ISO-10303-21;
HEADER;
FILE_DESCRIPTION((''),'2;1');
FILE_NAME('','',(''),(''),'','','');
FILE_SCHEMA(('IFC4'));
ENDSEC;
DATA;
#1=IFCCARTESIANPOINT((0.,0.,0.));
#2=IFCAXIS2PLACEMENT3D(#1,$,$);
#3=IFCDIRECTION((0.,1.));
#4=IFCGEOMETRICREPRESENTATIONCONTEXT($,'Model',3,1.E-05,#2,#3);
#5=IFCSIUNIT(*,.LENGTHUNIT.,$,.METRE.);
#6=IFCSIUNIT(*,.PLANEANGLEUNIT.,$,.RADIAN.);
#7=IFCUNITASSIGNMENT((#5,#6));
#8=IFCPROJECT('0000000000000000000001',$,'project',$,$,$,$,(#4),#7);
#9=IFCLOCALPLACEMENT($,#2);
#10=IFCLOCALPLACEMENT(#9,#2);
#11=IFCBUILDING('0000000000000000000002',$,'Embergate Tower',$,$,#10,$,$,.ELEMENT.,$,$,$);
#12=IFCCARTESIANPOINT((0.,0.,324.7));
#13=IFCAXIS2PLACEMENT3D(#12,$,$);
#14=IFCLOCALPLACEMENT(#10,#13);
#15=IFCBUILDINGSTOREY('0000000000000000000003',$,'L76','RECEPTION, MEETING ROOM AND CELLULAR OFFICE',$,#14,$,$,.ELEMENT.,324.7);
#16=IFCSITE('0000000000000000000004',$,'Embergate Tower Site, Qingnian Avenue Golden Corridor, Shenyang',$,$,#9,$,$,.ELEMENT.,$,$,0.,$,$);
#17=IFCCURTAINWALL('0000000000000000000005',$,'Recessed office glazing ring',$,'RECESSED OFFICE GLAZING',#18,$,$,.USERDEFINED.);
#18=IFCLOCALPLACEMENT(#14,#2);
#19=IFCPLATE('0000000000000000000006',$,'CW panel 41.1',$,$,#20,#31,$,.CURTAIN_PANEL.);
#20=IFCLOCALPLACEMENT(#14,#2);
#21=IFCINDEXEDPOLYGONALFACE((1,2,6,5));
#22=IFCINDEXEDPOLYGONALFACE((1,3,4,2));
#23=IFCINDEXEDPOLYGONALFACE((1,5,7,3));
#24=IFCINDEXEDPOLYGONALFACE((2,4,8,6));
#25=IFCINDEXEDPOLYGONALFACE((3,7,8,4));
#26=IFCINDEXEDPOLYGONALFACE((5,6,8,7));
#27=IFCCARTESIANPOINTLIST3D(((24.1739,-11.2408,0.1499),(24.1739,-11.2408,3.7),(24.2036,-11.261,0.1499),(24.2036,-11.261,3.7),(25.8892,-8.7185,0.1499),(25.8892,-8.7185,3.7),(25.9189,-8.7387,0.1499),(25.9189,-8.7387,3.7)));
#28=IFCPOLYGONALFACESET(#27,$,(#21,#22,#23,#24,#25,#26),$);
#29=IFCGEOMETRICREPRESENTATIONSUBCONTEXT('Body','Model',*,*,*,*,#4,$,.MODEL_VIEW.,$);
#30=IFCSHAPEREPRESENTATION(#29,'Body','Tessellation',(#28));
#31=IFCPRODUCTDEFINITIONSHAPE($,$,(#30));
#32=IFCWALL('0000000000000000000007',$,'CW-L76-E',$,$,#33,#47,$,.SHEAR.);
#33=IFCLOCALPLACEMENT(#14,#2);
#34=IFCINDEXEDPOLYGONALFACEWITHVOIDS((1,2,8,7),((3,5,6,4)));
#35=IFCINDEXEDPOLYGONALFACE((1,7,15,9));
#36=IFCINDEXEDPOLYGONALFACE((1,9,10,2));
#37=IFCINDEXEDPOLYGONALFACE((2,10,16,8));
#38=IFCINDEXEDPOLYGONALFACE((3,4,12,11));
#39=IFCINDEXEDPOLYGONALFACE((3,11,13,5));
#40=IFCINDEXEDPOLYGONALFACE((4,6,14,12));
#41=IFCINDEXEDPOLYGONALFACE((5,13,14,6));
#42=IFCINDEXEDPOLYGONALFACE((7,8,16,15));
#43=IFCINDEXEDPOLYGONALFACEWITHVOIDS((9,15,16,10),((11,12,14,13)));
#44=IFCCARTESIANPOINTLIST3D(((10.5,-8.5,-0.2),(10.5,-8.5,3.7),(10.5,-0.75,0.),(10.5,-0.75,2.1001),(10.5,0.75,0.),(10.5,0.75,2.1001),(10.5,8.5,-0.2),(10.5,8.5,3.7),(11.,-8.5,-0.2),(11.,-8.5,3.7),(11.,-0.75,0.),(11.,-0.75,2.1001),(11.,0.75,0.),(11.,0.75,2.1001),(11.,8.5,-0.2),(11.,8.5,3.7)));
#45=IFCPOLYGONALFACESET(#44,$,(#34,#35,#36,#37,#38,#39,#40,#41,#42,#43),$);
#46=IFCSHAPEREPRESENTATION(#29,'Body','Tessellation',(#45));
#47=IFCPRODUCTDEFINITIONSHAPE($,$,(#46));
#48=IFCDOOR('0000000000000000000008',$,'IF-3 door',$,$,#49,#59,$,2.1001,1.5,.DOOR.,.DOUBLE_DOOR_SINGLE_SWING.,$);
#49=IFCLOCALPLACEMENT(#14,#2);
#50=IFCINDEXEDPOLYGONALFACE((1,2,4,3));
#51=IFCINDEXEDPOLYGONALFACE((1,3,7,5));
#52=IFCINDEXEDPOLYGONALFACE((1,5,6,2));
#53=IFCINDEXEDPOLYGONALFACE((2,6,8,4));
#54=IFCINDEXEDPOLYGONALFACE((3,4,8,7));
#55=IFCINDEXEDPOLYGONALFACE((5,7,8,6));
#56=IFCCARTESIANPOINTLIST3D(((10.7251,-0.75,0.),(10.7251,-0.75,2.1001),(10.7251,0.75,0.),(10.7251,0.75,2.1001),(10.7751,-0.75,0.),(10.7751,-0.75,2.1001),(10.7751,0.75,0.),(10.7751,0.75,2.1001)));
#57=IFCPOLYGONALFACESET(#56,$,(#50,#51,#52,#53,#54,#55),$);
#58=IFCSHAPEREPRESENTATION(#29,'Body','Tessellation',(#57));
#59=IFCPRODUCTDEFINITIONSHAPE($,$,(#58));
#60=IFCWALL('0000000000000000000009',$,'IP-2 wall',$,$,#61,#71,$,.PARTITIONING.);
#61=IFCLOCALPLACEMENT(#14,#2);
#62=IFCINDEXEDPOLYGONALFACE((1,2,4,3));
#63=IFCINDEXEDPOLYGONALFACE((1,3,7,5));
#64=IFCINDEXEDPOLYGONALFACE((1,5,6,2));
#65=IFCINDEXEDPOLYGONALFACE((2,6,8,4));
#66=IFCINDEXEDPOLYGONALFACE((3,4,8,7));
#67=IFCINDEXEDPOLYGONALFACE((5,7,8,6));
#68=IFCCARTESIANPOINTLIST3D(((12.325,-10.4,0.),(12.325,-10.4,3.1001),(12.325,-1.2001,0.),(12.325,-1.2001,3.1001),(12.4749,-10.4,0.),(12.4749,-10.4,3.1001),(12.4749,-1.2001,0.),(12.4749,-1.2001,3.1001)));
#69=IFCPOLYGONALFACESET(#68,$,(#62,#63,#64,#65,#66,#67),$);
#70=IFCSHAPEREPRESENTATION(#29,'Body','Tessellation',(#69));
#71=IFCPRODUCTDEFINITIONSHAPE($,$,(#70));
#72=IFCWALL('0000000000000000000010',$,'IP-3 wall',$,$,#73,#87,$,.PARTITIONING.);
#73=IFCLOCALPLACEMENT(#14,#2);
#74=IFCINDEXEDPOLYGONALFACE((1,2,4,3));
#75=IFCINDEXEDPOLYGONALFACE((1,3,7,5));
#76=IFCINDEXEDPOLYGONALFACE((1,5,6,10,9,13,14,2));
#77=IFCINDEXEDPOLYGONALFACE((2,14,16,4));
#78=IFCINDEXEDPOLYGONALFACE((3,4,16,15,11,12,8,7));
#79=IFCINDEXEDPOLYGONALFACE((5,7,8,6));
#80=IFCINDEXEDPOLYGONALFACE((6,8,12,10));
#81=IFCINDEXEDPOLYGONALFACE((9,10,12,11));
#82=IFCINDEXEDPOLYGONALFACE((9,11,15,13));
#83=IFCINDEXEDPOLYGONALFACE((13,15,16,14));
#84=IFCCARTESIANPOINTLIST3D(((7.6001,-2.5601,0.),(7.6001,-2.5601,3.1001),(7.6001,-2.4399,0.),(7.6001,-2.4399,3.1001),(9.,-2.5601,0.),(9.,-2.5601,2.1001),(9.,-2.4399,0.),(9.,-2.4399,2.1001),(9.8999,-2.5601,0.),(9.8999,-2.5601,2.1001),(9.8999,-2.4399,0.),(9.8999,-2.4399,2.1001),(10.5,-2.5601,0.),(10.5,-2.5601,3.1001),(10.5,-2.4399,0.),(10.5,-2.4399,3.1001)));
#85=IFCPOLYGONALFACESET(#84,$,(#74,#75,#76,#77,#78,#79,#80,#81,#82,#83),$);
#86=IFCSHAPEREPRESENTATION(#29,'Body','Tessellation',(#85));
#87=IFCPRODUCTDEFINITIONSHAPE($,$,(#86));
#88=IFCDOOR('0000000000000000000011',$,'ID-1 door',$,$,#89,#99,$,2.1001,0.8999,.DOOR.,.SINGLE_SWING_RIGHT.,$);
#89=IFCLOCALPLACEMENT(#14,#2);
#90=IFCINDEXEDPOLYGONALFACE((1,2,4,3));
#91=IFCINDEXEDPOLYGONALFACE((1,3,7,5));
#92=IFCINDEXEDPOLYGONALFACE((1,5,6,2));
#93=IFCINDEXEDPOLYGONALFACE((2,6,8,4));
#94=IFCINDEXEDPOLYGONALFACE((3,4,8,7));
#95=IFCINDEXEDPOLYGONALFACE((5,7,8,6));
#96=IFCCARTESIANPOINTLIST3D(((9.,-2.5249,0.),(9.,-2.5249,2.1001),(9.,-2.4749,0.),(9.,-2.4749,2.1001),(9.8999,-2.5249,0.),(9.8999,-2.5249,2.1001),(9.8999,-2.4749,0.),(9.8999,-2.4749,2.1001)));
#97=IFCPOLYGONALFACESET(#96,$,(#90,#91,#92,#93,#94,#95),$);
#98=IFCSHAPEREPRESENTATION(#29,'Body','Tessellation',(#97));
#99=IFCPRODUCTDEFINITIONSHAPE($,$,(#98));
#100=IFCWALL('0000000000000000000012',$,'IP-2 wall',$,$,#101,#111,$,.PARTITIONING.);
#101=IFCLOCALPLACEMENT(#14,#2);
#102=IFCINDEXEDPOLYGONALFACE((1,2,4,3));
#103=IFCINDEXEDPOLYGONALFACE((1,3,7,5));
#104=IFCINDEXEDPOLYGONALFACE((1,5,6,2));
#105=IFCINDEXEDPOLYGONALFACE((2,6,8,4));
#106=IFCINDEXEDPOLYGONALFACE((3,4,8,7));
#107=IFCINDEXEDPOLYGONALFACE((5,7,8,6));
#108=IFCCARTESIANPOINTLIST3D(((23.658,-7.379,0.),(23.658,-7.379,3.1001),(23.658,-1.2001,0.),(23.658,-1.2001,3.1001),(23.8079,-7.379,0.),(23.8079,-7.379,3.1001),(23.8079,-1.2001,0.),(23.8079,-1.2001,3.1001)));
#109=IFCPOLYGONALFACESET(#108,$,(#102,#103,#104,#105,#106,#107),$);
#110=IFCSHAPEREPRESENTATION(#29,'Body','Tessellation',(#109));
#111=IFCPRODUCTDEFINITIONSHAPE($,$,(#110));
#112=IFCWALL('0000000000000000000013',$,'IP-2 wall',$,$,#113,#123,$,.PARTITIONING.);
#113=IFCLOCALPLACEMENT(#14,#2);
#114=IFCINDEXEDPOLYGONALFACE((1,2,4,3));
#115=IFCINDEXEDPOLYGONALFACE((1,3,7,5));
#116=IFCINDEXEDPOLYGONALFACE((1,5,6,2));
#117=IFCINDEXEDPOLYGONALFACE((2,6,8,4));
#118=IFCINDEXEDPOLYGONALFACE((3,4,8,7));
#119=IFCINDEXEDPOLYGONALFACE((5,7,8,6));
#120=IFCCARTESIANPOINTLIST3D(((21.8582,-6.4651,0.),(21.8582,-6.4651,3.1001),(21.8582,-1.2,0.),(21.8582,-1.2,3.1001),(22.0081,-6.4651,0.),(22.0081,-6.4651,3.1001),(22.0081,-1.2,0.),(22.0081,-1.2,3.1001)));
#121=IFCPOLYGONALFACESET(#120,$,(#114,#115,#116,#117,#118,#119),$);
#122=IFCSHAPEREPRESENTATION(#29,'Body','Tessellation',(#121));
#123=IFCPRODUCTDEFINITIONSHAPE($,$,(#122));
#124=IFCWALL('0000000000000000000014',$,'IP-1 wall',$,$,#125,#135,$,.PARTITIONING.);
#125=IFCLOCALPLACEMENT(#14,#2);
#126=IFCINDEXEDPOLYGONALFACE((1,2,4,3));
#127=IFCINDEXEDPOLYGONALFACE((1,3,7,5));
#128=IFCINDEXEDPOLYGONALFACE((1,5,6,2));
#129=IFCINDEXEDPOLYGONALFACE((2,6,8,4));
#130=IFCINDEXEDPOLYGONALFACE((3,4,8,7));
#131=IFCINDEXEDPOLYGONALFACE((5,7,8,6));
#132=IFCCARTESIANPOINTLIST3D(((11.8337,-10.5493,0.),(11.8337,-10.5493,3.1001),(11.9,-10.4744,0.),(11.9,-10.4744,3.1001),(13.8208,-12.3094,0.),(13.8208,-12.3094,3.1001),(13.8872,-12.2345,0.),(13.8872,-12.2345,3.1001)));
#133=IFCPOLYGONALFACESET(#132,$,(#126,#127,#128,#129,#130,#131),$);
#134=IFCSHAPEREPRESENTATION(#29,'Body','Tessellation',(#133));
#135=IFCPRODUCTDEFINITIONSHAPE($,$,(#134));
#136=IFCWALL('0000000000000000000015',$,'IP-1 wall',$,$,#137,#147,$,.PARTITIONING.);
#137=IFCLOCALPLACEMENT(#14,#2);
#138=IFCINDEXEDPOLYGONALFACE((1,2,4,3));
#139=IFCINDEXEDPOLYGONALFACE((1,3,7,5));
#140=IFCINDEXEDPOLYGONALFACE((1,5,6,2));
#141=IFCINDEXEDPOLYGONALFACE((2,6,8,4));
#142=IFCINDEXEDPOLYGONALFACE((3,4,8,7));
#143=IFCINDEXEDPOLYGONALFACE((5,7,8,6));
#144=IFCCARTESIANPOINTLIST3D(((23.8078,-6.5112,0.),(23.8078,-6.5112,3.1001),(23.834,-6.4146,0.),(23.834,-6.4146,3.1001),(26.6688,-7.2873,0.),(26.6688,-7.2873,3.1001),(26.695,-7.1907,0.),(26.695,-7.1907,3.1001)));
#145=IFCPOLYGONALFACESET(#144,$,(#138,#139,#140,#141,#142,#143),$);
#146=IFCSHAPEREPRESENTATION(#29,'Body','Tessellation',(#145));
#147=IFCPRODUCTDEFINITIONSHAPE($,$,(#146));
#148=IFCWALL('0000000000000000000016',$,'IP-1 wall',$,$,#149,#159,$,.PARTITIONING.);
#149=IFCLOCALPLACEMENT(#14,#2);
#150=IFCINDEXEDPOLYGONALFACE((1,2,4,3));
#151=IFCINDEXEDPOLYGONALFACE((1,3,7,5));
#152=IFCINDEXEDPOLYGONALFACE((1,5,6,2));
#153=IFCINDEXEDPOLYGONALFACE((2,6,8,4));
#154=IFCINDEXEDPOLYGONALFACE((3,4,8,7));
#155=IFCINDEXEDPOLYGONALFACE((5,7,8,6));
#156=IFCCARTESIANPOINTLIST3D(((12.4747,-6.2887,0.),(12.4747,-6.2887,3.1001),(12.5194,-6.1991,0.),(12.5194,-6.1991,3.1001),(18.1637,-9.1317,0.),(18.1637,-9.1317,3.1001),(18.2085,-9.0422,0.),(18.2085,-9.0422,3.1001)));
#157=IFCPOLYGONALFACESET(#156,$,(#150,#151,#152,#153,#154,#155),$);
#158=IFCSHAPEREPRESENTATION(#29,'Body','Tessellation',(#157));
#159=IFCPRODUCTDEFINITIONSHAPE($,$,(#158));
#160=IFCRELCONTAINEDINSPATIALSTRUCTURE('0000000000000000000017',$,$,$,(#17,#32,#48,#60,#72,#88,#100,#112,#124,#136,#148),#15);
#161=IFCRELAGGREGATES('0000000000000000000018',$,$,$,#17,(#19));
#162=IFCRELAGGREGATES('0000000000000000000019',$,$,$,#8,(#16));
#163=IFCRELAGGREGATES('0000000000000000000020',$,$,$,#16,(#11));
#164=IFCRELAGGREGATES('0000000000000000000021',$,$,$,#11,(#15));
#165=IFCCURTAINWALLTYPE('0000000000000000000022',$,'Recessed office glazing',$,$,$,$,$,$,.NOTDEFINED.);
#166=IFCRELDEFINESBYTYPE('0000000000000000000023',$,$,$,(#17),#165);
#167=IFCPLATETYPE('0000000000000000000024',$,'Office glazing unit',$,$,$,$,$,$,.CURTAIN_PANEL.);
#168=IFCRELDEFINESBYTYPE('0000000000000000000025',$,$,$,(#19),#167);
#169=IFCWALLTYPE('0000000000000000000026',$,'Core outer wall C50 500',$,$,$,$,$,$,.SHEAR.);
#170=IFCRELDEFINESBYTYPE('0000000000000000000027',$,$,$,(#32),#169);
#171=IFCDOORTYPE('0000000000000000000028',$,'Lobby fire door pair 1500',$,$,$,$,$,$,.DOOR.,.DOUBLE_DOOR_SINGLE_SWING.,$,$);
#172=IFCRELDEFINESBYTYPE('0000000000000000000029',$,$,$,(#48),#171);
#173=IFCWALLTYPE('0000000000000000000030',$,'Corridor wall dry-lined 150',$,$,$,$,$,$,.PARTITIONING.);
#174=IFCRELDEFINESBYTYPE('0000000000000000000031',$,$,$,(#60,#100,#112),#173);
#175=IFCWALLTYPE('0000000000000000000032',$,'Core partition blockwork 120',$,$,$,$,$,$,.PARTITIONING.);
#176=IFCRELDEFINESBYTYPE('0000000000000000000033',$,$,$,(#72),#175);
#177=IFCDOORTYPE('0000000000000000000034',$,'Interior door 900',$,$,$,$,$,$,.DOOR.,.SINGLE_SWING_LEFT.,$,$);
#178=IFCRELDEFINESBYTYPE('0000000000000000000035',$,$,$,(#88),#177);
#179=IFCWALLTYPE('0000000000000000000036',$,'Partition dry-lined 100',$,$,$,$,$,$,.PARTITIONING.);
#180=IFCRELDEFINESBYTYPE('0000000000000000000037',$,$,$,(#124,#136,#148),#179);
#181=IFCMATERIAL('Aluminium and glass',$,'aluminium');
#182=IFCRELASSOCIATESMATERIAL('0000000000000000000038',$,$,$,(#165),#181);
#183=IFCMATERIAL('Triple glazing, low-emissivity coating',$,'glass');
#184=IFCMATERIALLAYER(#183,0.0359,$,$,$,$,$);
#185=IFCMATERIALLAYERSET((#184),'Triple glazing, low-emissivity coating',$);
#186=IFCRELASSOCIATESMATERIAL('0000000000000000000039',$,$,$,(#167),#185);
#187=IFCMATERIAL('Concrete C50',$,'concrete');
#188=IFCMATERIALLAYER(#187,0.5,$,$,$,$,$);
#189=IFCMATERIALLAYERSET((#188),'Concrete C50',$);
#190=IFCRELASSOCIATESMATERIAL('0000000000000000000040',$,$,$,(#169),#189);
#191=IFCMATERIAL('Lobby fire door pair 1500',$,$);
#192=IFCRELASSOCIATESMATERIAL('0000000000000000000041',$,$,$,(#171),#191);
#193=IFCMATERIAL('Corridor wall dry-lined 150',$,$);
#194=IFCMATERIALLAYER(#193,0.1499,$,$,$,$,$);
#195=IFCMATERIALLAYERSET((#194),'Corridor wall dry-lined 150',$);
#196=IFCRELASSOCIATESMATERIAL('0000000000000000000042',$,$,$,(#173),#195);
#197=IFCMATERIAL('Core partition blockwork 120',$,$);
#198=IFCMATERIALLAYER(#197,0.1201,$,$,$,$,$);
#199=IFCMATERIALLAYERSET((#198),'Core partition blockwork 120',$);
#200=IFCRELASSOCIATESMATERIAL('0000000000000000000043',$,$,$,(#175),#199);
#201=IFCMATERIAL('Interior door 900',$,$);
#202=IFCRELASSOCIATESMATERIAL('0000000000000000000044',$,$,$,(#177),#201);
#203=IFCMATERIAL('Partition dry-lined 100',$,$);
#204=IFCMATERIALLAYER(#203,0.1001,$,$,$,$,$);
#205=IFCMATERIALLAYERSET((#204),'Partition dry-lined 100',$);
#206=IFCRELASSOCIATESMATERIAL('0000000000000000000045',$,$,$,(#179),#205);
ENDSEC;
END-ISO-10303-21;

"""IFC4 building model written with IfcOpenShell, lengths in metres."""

from ifc_helpers import new_model, si_unit, direction, frame, frame_2d, origin, origin_2d, place, context, subcontext, project, spatial, rectangle, extrude, source, transform, mapped, material, layer, layer_set, type_object, element, fill, aggregate, save


model = new_model("IFC4")

# Units and contexts
model_context = context("Model", 3, precision=1e-05, world=origin(), true_north=direction((0.0, 1.0)))
body_context = subcontext(model_context, "Body", "Model", "MODEL_VIEW")
ifc_project = project(units=[si_unit("LENGTHUNIT", "METRE"), si_unit("PLANEANGLEUNIT", "RADIAN")], contexts=[model_context])

# Site, building, storey
site_placement = place(None, origin())
site = spatial("IfcSite", under=ifc_project, at=site_placement, Name="Embergate Tower Site, Qingnian Avenue Golden Corridor, Shenyang", CompositionType="ELEMENT", RefElevation=0.0)
building_placement = place(site_placement, origin())
building = spatial("IfcBuilding", under=site, at=building_placement, Name="Embergate Tower", CompositionType="ELEMENT")
storey_placement = place(building_placement, frame((0.0, 0.0, 324.7)))
storey = spatial("IfcBuildingStorey", under=building, at=storey_placement, Name="L76", Description="RECEPTION, MEETING ROOM AND CELLULAR OFFICE", CompositionType="ELEMENT", Elevation=324.7)

# Shared definitions
ifc_material_1 = material(Name="Concrete C50", Category="concrete")

# Curtain wall, plate
ifc_material_2 = material(Name="Aluminium and glass", Category="aluminium")
curtain_wall_type = type_object("IfcCurtainWallType", Name="Recessed office glazing", PredefinedType="NOTDEFINED", material=ifc_material_2)
curtain_wall_placement = place(storey_placement, origin())
curtain_wall = element("IfcCurtainWall", 1, at=curtain_wall_placement, inside=storey, type_object=curtain_wall_type, Name="Recessed office glazing ring", ObjectType="RECESSED OFFICE GLAZING", PredefinedType="USERDEFINED")
ifc_material_3 = material(Name="Triple glazing, low-emissivity coating", Category="glass")
ifc_layer_1 = layer(ifc_material_3, 0.0359)
ifc_layer_set_1 = layer_set([ifc_layer_1], Name="Triple glazing, low-emissivity coating")
plate_type = type_object("IfcPlateType", Name="Office glazing unit", PredefinedType="CURTAIN_PANEL", material=ifc_layer_set_1)
shared_shape_1 = source(origin(), body_context, "Body", "SweptSolid", [
    extrude(rectangle(XDim=3.0503, YDim=0.0359, at=origin_2d()), origin(), (0.0, 0.0, 1.0), 3.55),
])
plate_1_placement = place(storey_placement, frame((25.0464, -9.9897, 0.1499), z_axis=(0.0, 0.0, 1.0), x_axis=(0.562342, 0.826905, 0.0)))
plate_1 = element("IfcPlate", 2, at=plate_1_placement, type_object=plate_type, Name="CW panel 41.1", PredefinedType="CURTAIN_PANEL", context=body_context, shape_type="MappedRepresentation", body=[
    mapped(shared_shape_1, transform((0.0, 0.0, 0.0))),
])
aggregate(curtain_wall, [plate_1])

# Wall, opening, door
ifc_layer_2 = layer(ifc_material_1, 0.5)
ifc_layer_set_2 = layer_set([ifc_layer_2], Name="Concrete C50")
wall_type_1 = type_object("IfcWallType", Name="Core outer wall C50 500", PredefinedType="SHEAR", material=ifc_layer_set_2)
shared_shape_2 = source(origin(), body_context, "Body", "SweptSolid", [
    extrude(rectangle(XDim=17.0, YDim=0.5, at=frame_2d((8.5, 0.0))), origin(), (0.0, 0.0, 1.0), 3.8999),
])
wall_1_placement = place(storey_placement, frame((10.75, -8.5, -0.2), z_axis=(0.0, 0.0, 1.0), x_axis=(0.0, 1.0, 0.0)))
wall_1 = element("IfcWall", 3, at=wall_1_placement, inside=storey, type_object=wall_type_1, Name="CW-L76-E", PredefinedType="SHEAR", context=body_context, shape_type="MappedRepresentation", body=[
    mapped(shared_shape_2, transform((0.0, 0.0, 0.0))),
])
shared_shape_3 = source(origin(), body_context, "Body", "SweptSolid", [
    extrude(rectangle(XDim=1.5, YDim=2.1001, at=frame_2d((0.75, 1.05))), frame((0.0, 0.26, 0.0), z_axis=(0.0, -1.0, 0.0), x_axis=(1.0, 0.0, 0.0)), (0.0, 0.0, 1.0), 0.52),
])
opening_1_placement = place(wall_1_placement, frame((7.75, 0.0, 0.2)))
opening_1 = element("IfcOpeningElement", 4, at=opening_1_placement, cuts=wall_1, PredefinedType="OPENING", context=body_context, shape_type="MappedRepresentation", body=[
    mapped(shared_shape_3, transform((0.0, 0.0, 0.0))),
])
ifc_material_4 = material(Name="Lobby fire door pair 1500")
door_type_1 = type_object("IfcDoorType", Name="Lobby fire door pair 1500", OperationType="DOUBLE_DOOR_SINGLE_SWING", PredefinedType="DOOR", material=ifc_material_4)
shared_shape_4 = source(origin(), body_context, "Body", "SweptSolid", [
    extrude(rectangle(XDim=1.5, YDim=2.1001, at=frame_2d((0.75, 1.05))), frame((0.0, 0.0249, 0.0), z_axis=(0.0, -1.0, 0.0), x_axis=(1.0, 0.0, 0.0)), (0.0, 0.0, 1.0), 0.05),
])
door_1_placement = place(opening_1_placement, origin())
door_1 = element("IfcDoor", 5, at=door_1_placement, inside=storey, type_object=door_type_1, Name="IF-3 door", OperationType="DOUBLE_DOOR_SINGLE_SWING", OverallHeight=2.1001, OverallWidth=1.5, PredefinedType="DOOR", context=body_context, shape_type="MappedRepresentation", body=[
    mapped(shared_shape_4, transform((0.0, 0.0, 0.0))),
])
fill(opening_1, door_1)

# Wall
ifc_material_5 = material(Name="Corridor wall dry-lined 150")
ifc_layer_3 = layer(ifc_material_5, 0.1499)
ifc_layer_set_3 = layer_set([ifc_layer_3], Name="Corridor wall dry-lined 150")
wall_type_2 = type_object("IfcWallType", Name="Corridor wall dry-lined 150", PredefinedType="PARTITIONING", material=ifc_layer_set_3)
shared_shape_5 = source(origin(), body_context, "Body", "SweptSolid", [
    extrude(rectangle(XDim=9.2, YDim=0.1499, at=frame_2d((4.6001, 0.0))), origin(), (0.0, 0.0, 1.0), 3.1001),
])
wall_2_placement = place(storey_placement, frame((12.3999, -1.2, 0.0), z_axis=(0.0, 0.0, 1.0), x_axis=(0.0, -1.0, 0.0)))
element("IfcWall", 6, at=wall_2_placement, inside=storey, type_object=wall_type_2, Name="IP-2 wall", PredefinedType="PARTITIONING", context=body_context, shape_type="MappedRepresentation", body=[
    mapped(shared_shape_5, transform((0.0, 0.0, 0.0))),
])

# Wall, opening, door
ifc_material_6 = material(Name="Core partition blockwork 120")
ifc_layer_4 = layer(ifc_material_6, 0.1201)
ifc_layer_set_4 = layer_set([ifc_layer_4], Name="Core partition blockwork 120")
wall_type_3 = type_object("IfcWallType", Name="Core partition blockwork 120", PredefinedType="PARTITIONING", material=ifc_layer_set_4)
shared_shape_6 = source(origin(), body_context, "Body", "SweptSolid", [
    extrude(rectangle(XDim=2.8999, YDim=0.1201, at=frame_2d((1.45, 0.0))), origin(), (0.0, 0.0, 1.0), 3.1001),
])
wall_3_placement = place(storey_placement, frame((10.5, -2.5, 0.0), z_axis=(0.0, 0.0, 1.0), x_axis=(-1.0, 0.0, 0.0)))
wall_3 = element("IfcWall", 7, at=wall_3_placement, inside=storey, type_object=wall_type_3, Name="IP-3 wall", PredefinedType="PARTITIONING", context=body_context, shape_type="MappedRepresentation", body=[
    mapped(shared_shape_6, transform((0.0, 0.0, 0.0))),
])
shared_shape_7 = source(origin(), body_context, "Body", "SweptSolid", [
    extrude(rectangle(XDim=0.8999, YDim=2.1001, at=frame_2d((0.45, 1.05))), frame((0.0, 0.0701, 0.0), z_axis=(0.0, -1.0, 0.0), x_axis=(1.0, 0.0, 0.0)), (0.0, 0.0, 1.0), 0.1401),
])
opening_2_placement = place(wall_3_placement, frame((0.6001, 0.0, 0.0)))
opening_2 = element("IfcOpeningElement", 8, at=opening_2_placement, cuts=wall_3, PredefinedType="OPENING", context=body_context, shape_type="MappedRepresentation", body=[
    mapped(shared_shape_7, transform((0.0, 0.0, 0.0))),
])
ifc_material_7 = material(Name="Interior door 900")
door_type_2 = type_object("IfcDoorType", Name="Interior door 900", OperationType="SINGLE_SWING_LEFT", PredefinedType="DOOR", material=ifc_material_7)
shared_shape_8 = source(origin(), body_context, "Body", "SweptSolid", [
    extrude(rectangle(XDim=0.8999, YDim=2.1001, at=frame_2d((0.45, 1.05))), frame((0.0, 0.0249, 0.0), z_axis=(0.0, -1.0, 0.0), x_axis=(1.0, 0.0, 0.0)), (0.0, 0.0, 1.0), 0.05),
])
door_2_placement = place(opening_2_placement, origin())
door_2 = element("IfcDoor", 9, at=door_2_placement, inside=storey, type_object=door_type_2, Name="ID-1 door", OperationType="SINGLE_SWING_RIGHT", OverallHeight=2.1001, OverallWidth=0.8999, PredefinedType="DOOR", context=body_context, shape_type="MappedRepresentation", body=[
    mapped(shared_shape_8, transform((0.0, 0.0, 0.0))),
])
fill(opening_2, door_2)

# Walls
shared_shape_9 = source(origin(), body_context, "Body", "SweptSolid", [
    extrude(rectangle(XDim=6.179, YDim=0.1499, at=frame_2d((3.0894, 0.0))), origin(), (0.0, 0.0, 1.0), 3.1001),
])
wall_4_placement = place(storey_placement, frame((23.7329, -7.3789, 0.0), z_axis=(0.0, 0.0, 1.0), x_axis=(0.0, 1.0, 0.0)))
element("IfcWall", 10, at=wall_4_placement, inside=storey, type_object=wall_type_2, Name="IP-2 wall", PredefinedType="PARTITIONING", context=body_context, shape_type="MappedRepresentation", body=[
    mapped(shared_shape_9, transform((0.0, 0.0, 0.0))),
])
shared_shape_10 = source(origin(), body_context, "Body", "SweptSolid", [
    extrude(rectangle(XDim=5.2651, YDim=0.1499, at=frame_2d((2.6326, 0.0))), origin(), (0.0, 0.0, 1.0), 3.1001),
])
wall_5_placement = place(storey_placement, frame((21.9331, -6.4651, 0.0), z_axis=(0.0, 0.0, 1.0), x_axis=(0.0, 1.0, 0.0)))
element("IfcWall", 11, at=wall_5_placement, inside=storey, type_object=wall_type_2, Name="IP-2 wall", PredefinedType="PARTITIONING", context=body_context, shape_type="MappedRepresentation", body=[
    mapped(shared_shape_10, transform((0.0, 0.0, 0.0))),
])
ifc_material_8 = material(Name="Partition dry-lined 100")
ifc_layer_5 = layer(ifc_material_8, 0.1001)
ifc_layer_set_5 = layer_set([ifc_layer_5], Name="Partition dry-lined 100")
wall_type_4 = type_object("IfcWallType", Name="Partition dry-lined 100", PredefinedType="PARTITIONING", material=ifc_layer_set_5)
shared_shape_11 = source(origin(), body_context, "Body", "SweptSolid", [
    extrude(rectangle(XDim=2.6545, YDim=0.1001, at=frame_2d((1.3271, 0.0))), origin(), (0.0, 0.0, 1.0), 3.1001),
])
wall_6_placement = place(storey_placement, frame((11.8669, -10.512, 0.0), z_axis=(0.0, 0.0, 1.0), x_axis=(0.74858, -0.663044, 0.0)))
element("IfcWall", 12, at=wall_6_placement, inside=storey, type_object=wall_type_4, Name="IP-1 wall", PredefinedType="PARTITIONING", context=body_context, shape_type="MappedRepresentation", body=[
    mapped(shared_shape_11, transform((0.0, 0.0, 0.0))),
])
shared_shape_12 = source(origin(), body_context, "Body", "SweptSolid", [
    extrude(rectangle(XDim=2.9644, YDim=0.1001, at=frame_2d((1.4822, 0.0))), origin(), (0.0, 0.0, 1.0), 3.1001),
])
wall_7_placement = place(storey_placement, frame((26.6819, -7.239, 0.0), z_axis=(0.0, 0.0, 1.0), x_axis=(-0.965115, 0.261828, 0.0)))
element("IfcWall", 13, at=wall_7_placement, inside=storey, type_object=wall_type_4, Name="IP-1 wall", PredefinedType="PARTITIONING", context=body_context, shape_type="MappedRepresentation", body=[
    mapped(shared_shape_12, transform((0.0, 0.0, 0.0))),
])
shared_shape_13 = source(origin(), body_context, "Body", "SweptSolid", [
    extrude(rectangle(XDim=6.3599, YDim=0.1001, at=frame_2d((3.1799, 0.0))), origin(), (0.0, 0.0, 1.0), 3.1001),
])
wall_8_placement = place(storey_placement, frame((12.4971, -6.2439, 0.0), z_axis=(0.0, 0.0, 1.0), x_axis=(0.894519, -0.447029, 0.0)))
element("IfcWall", 14, at=wall_8_placement, inside=storey, type_object=wall_type_4, Name="IP-1 wall", PredefinedType="PARTITIONING", context=body_context, shape_type="MappedRepresentation", body=[
    mapped(shared_shape_13, transform((0.0, 0.0, 0.0))),
])

save(model, "model.ifc")
